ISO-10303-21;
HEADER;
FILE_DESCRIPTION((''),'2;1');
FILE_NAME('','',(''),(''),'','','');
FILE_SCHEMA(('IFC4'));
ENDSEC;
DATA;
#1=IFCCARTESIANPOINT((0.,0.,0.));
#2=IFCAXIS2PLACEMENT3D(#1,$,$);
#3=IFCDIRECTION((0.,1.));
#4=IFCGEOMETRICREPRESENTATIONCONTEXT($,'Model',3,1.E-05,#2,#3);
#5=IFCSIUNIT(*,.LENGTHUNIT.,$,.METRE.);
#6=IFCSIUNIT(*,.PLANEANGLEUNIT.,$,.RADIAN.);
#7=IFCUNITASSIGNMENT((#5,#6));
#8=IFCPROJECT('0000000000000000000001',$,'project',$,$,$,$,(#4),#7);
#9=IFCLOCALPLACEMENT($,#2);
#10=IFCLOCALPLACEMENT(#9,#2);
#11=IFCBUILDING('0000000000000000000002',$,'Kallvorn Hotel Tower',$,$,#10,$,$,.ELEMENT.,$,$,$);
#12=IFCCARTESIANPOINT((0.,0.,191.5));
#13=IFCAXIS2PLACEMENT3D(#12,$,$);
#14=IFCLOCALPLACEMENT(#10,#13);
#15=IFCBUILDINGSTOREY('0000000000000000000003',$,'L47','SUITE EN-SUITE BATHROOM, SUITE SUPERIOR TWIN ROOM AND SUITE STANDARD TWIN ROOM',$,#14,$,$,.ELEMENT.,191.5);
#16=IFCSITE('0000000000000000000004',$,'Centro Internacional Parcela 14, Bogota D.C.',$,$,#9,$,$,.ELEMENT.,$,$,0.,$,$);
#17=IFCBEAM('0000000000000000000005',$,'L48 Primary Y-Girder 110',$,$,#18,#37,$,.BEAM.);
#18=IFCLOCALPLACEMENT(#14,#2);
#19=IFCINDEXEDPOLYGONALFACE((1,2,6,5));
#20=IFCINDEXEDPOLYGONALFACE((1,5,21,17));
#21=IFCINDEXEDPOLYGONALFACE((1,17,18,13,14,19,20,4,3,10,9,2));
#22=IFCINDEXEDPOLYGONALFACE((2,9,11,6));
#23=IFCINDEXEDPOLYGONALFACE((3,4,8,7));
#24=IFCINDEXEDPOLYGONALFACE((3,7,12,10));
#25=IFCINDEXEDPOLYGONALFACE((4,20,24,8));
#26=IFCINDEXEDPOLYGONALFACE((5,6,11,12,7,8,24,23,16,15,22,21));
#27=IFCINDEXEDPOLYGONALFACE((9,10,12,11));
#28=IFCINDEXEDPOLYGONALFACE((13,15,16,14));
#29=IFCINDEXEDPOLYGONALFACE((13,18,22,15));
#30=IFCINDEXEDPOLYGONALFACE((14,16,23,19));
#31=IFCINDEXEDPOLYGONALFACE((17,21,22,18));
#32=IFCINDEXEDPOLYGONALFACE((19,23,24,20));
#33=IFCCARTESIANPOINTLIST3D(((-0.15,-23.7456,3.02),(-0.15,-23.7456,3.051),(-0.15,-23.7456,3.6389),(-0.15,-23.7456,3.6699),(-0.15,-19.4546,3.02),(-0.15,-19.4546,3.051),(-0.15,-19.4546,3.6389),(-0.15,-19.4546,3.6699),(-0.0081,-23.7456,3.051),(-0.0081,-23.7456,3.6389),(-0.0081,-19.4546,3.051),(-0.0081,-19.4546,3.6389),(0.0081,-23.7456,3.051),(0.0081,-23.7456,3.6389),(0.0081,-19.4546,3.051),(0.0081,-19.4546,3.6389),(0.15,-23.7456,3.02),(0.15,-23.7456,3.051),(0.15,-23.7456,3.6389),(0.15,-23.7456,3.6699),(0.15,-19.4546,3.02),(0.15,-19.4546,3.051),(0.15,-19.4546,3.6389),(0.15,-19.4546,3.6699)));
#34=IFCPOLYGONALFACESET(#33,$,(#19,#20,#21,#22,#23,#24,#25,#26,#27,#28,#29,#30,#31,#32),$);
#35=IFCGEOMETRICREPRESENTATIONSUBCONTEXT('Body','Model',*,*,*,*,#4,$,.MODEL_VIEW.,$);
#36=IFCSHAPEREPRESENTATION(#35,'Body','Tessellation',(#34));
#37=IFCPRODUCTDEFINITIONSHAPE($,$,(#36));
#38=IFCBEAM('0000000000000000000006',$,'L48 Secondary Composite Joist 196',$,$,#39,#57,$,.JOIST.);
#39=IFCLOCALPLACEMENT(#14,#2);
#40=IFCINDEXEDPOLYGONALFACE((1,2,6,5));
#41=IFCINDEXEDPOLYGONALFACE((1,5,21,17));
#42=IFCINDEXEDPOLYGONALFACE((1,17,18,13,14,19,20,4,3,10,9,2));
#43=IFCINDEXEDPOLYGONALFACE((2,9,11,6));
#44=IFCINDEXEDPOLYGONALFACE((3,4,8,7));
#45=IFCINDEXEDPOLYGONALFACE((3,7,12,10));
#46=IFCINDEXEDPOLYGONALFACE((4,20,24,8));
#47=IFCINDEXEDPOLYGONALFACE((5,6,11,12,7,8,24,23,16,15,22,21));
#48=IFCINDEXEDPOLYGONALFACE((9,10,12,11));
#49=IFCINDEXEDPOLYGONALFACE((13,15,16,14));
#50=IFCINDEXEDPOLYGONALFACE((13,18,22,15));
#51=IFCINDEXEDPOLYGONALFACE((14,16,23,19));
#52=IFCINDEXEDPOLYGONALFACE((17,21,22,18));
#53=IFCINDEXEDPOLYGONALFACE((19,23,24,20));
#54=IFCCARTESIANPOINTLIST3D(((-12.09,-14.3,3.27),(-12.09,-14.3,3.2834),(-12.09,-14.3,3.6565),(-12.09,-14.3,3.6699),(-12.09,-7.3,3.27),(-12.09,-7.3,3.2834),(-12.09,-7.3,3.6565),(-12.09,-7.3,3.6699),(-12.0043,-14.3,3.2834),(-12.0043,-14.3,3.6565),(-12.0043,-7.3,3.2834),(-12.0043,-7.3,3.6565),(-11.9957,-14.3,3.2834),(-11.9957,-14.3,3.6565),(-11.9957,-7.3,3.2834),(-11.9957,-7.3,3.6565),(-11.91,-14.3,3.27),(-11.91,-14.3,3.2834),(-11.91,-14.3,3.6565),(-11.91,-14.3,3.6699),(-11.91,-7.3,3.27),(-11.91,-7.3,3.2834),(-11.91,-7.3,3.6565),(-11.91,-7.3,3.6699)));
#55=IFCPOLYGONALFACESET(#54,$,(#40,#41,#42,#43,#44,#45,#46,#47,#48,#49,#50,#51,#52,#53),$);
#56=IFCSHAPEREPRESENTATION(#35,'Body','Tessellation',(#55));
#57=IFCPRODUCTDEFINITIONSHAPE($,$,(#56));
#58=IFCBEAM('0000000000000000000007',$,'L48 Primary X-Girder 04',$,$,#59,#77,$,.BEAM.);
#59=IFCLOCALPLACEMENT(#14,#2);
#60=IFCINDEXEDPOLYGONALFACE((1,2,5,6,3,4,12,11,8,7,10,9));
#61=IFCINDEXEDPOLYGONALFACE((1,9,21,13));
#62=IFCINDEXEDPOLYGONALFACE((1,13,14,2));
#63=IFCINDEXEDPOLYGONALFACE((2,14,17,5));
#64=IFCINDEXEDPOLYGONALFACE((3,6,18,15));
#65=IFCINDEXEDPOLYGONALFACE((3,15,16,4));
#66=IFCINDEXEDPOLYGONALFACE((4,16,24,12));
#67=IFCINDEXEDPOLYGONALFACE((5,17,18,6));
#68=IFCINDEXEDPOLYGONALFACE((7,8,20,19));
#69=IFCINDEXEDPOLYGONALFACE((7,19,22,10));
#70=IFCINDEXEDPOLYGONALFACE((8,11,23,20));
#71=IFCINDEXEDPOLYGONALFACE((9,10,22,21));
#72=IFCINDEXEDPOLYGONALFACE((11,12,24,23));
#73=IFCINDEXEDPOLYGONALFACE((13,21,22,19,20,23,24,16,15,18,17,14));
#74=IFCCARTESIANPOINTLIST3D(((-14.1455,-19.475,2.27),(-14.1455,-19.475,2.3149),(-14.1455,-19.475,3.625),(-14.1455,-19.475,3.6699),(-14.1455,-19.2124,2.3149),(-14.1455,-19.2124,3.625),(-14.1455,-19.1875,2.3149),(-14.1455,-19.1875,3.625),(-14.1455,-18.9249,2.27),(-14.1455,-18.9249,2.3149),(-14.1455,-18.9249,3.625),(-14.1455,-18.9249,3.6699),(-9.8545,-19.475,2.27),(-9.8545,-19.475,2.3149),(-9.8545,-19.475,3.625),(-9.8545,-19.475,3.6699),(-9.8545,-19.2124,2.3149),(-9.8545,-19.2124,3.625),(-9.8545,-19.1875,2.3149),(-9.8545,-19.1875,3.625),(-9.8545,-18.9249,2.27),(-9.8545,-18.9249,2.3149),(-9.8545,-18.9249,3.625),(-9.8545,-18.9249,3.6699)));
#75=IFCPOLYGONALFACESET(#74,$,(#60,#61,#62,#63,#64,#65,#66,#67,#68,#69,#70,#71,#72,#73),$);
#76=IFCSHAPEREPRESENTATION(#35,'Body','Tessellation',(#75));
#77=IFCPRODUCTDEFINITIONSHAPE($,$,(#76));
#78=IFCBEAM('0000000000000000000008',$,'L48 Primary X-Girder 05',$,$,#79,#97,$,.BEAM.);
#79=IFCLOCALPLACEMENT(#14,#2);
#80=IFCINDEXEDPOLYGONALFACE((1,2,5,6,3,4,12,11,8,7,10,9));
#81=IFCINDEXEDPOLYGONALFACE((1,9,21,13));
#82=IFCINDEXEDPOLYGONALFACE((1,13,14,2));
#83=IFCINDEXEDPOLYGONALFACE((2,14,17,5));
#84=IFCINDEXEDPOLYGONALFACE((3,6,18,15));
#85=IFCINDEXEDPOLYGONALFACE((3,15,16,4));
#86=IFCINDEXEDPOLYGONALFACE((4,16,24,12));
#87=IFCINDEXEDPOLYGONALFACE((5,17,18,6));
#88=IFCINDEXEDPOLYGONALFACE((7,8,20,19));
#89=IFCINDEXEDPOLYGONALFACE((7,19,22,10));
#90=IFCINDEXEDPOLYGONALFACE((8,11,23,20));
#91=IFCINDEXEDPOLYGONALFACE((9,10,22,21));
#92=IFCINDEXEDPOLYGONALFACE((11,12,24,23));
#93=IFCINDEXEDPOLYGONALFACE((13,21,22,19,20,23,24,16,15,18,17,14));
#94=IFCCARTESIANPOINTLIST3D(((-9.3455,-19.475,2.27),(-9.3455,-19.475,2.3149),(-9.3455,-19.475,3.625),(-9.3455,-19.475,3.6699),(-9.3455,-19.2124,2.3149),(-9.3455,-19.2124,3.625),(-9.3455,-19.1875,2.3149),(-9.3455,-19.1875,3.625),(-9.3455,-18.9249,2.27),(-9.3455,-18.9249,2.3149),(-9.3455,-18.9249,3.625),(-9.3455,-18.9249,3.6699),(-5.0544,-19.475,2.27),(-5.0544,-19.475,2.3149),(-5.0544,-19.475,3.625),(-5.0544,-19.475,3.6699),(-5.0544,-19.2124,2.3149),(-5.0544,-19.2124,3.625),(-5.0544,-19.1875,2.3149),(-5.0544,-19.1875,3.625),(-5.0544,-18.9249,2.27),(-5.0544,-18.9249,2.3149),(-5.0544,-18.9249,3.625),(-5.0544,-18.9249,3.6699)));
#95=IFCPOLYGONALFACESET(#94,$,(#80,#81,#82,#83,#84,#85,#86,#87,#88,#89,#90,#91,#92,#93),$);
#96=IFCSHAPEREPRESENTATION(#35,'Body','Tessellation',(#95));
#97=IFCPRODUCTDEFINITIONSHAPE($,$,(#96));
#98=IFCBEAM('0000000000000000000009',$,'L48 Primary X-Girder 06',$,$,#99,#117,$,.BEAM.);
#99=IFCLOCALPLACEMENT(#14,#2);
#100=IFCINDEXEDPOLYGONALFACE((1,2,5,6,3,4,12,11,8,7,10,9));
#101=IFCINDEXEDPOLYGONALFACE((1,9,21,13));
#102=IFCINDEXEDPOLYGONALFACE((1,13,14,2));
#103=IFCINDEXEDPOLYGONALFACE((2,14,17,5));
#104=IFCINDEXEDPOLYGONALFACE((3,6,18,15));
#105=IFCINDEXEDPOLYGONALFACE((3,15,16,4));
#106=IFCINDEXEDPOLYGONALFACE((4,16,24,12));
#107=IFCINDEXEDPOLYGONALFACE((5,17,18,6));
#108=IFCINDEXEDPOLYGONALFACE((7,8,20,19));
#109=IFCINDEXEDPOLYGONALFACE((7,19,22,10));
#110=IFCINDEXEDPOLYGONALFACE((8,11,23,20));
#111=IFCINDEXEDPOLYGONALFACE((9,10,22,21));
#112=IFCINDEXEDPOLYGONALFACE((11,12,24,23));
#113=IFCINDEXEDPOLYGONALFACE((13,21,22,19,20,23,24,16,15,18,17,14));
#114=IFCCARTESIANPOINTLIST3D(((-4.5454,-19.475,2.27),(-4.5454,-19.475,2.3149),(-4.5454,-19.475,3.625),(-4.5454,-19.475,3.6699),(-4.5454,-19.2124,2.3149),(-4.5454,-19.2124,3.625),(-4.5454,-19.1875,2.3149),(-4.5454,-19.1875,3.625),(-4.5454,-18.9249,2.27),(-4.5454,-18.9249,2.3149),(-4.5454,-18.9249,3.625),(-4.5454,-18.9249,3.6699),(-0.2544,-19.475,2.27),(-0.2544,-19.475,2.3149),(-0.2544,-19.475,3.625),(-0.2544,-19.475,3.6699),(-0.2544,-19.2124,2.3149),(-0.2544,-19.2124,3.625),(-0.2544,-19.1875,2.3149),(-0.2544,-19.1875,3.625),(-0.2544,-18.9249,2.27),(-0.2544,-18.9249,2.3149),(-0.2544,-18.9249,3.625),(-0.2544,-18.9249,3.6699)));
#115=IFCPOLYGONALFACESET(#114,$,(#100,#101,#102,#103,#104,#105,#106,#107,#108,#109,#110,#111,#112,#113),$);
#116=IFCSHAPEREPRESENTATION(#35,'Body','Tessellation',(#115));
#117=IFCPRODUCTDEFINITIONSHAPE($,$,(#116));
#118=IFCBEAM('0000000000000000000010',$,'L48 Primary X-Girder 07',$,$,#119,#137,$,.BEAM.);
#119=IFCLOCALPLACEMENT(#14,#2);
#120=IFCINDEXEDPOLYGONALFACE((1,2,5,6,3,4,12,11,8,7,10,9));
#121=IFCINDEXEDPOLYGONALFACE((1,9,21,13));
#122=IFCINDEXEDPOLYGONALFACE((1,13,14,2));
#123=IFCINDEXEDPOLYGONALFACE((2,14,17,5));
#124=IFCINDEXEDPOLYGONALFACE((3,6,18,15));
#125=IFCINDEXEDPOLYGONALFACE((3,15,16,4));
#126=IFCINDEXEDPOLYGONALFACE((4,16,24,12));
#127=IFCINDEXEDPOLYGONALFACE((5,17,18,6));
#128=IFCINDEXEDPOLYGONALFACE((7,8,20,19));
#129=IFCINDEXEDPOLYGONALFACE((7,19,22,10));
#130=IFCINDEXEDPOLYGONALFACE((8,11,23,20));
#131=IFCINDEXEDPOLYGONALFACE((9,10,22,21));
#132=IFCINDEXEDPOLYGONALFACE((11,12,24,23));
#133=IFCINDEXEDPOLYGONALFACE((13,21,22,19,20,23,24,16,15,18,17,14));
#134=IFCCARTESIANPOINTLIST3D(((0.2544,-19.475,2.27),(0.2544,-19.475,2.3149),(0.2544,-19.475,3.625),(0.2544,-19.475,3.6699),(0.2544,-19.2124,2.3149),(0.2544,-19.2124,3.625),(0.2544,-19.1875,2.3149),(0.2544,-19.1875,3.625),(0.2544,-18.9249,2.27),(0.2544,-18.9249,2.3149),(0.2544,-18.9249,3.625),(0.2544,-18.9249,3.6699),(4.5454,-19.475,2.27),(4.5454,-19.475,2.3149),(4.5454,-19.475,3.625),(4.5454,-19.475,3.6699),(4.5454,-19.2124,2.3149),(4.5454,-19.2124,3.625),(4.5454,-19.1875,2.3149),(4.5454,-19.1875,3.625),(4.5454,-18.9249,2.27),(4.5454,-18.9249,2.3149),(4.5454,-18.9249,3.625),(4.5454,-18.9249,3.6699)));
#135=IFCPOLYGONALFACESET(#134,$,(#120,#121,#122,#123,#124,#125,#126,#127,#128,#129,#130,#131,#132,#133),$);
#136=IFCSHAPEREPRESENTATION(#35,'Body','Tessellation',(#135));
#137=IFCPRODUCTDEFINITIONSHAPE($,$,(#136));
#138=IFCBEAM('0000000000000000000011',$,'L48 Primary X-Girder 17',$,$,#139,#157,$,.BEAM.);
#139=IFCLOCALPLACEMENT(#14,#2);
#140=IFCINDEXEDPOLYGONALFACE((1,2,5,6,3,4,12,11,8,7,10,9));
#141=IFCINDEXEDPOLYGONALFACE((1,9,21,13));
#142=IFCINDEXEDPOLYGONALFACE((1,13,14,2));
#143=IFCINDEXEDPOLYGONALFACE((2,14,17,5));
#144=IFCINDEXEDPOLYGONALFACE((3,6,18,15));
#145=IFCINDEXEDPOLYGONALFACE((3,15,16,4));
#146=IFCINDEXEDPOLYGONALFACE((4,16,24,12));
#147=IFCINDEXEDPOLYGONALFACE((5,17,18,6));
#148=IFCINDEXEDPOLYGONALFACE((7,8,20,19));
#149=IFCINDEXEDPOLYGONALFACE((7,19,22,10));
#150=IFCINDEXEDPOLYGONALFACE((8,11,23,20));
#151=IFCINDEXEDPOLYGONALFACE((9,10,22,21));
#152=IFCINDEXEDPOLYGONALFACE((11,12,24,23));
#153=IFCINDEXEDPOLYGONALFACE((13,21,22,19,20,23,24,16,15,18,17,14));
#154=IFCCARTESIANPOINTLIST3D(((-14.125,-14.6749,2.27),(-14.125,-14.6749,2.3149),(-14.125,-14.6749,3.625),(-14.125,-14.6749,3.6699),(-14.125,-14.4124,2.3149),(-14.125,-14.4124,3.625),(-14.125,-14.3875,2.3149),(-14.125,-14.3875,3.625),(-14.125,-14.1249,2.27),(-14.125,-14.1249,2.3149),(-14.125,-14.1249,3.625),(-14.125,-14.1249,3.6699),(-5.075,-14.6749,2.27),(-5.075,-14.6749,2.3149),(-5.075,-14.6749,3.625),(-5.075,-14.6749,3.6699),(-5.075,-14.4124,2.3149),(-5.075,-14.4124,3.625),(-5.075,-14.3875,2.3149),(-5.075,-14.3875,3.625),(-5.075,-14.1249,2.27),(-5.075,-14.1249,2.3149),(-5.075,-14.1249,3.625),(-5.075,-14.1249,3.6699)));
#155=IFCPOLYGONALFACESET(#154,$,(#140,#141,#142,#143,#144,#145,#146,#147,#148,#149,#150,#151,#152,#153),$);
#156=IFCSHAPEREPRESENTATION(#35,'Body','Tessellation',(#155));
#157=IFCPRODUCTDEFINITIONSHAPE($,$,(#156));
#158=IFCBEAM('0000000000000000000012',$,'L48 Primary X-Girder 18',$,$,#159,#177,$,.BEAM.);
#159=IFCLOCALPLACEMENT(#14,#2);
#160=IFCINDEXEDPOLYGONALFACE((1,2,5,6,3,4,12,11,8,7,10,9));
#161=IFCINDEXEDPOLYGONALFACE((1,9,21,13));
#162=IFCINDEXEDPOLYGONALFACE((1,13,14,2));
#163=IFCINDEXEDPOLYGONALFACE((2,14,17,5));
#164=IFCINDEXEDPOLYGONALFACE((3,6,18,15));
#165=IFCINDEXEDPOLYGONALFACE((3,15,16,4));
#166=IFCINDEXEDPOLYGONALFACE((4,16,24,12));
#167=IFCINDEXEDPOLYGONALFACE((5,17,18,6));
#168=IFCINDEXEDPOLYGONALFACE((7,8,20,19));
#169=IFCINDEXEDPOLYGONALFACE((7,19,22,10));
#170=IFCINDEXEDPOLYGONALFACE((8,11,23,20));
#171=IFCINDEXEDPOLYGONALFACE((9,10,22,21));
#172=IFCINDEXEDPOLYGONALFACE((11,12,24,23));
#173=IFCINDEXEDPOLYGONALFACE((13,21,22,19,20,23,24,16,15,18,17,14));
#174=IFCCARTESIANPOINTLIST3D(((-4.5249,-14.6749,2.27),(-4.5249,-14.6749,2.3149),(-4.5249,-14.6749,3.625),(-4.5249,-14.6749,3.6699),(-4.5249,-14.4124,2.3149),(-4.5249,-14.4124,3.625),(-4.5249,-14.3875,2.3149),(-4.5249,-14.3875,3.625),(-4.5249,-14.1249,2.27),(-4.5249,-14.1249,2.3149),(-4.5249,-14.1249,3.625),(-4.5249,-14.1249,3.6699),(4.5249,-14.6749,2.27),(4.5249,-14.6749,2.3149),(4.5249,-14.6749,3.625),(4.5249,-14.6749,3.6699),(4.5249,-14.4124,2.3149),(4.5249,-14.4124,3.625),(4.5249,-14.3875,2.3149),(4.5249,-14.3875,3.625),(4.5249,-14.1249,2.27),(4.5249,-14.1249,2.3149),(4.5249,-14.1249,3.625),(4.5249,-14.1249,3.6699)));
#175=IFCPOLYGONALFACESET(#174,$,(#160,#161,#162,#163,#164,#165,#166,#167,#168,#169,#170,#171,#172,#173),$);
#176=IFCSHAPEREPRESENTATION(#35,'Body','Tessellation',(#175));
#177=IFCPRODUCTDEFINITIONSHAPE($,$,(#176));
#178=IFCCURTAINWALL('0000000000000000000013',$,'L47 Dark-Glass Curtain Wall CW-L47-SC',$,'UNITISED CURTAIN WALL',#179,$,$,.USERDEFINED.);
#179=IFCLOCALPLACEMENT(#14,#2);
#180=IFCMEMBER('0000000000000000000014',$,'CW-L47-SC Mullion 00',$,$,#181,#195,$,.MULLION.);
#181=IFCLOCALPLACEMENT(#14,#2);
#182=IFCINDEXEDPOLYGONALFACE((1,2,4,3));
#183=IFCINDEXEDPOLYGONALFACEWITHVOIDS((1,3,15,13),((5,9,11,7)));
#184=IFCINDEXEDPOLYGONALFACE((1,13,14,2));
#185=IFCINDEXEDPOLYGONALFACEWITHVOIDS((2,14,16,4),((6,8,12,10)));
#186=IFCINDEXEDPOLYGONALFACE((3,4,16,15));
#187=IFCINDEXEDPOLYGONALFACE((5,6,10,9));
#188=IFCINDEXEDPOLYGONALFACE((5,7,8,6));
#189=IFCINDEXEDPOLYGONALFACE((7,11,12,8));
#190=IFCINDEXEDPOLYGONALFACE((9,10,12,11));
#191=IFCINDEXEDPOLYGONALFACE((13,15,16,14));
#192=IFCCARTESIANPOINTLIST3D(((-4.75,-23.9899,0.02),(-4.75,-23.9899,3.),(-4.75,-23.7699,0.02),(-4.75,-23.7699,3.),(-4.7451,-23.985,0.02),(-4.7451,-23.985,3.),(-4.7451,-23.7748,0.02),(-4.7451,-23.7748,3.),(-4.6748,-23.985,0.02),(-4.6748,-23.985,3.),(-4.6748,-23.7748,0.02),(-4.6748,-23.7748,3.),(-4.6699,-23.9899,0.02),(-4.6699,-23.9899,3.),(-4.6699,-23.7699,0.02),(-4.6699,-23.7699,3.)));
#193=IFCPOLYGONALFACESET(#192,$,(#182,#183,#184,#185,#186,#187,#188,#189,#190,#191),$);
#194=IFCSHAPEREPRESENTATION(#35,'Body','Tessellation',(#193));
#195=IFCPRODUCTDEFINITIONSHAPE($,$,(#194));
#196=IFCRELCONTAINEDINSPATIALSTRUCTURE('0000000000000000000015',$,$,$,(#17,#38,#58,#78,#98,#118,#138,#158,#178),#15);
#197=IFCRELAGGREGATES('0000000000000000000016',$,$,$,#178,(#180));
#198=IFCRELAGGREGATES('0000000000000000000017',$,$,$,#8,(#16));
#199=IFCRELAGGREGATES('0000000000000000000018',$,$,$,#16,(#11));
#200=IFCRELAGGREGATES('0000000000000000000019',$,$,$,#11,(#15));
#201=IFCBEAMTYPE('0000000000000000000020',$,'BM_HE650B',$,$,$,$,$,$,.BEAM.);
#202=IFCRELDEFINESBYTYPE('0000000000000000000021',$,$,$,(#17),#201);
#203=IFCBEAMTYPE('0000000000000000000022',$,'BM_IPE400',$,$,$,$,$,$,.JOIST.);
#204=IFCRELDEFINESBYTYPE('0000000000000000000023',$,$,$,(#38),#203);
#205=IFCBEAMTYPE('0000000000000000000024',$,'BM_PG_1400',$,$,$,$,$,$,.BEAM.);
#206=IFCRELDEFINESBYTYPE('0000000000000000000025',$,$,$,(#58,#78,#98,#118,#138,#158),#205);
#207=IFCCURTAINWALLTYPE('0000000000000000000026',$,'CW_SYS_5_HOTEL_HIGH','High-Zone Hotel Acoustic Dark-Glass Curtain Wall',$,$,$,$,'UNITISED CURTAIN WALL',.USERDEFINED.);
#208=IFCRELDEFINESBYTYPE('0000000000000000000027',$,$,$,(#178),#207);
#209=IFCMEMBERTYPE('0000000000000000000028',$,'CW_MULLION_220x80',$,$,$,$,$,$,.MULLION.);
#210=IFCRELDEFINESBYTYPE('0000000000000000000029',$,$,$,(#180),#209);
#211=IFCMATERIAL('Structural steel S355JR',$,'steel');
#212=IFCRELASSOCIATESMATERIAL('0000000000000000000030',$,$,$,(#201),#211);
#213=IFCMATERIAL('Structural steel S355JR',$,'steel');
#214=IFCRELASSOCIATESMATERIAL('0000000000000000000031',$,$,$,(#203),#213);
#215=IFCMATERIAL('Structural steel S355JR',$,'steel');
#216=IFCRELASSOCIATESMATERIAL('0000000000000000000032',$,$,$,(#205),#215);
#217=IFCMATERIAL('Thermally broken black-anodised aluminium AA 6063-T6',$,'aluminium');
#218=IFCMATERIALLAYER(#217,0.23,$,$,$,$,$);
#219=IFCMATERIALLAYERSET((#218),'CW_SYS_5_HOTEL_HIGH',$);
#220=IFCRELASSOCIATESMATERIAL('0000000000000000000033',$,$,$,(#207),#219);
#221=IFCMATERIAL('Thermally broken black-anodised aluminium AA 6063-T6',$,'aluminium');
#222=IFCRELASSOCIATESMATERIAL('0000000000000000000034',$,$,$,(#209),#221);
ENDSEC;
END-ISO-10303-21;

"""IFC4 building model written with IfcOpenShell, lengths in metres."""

from ifc_helpers import new_model, si_unit, direction, frame, origin, origin_2d, place, context, subcontext, project, spatial, hollow_rectangle, i_section, extrude, material, layer, layer_set, material_profile, profile_set, type_object, element, aggregate, save


model = new_model("IFC4")

# Units and contexts
model_context = context("Model", 3, precision=1e-05, world=origin(), true_north=direction((0.0, 1.0)))
body_context = subcontext(model_context, "Body", "Model", "MODEL_VIEW")
ifc_project = project(units=[si_unit("LENGTHUNIT", "METRE"), si_unit("PLANEANGLEUNIT", "RADIAN")], contexts=[model_context])

# Site, building, storey
site_placement = place(None, origin())
site = spatial("IfcSite", under=ifc_project, at=site_placement, Name="Centro Internacional Parcela 14, Bogota D.C.", CompositionType="ELEMENT", RefElevation=0.0)
building_placement = place(site_placement, origin())
building = spatial("IfcBuilding", under=site, at=building_placement, Name="Kallvorn Hotel Tower", CompositionType="ELEMENT")
storey_placement = place(building_placement, frame((0.0, 0.0, 191.5)))
storey = spatial("IfcBuildingStorey", under=building, at=storey_placement, Name="L47", Description="SUITE EN-SUITE BATHROOM, SUITE SUPERIOR TWIN ROOM AND SUITE STANDARD TWIN ROOM", CompositionType="ELEMENT", Elevation=191.5)

# Beams
ifc_material_1 = material(Name="Structural steel S355JR", Category="steel")
ifc_material_profile_1 = material_profile(ifc_material_1, i_section(OverallWidth=0.3, OverallDepth=0.6499, WebThickness=0.0161, FlangeThickness=0.031, at=origin_2d()), Name="HE 650 B")
ifc_profile_set_1 = profile_set([ifc_material_profile_1], Name="Structural steel S355JR")
beam_type_1 = type_object("IfcBeamType", Name="BM_HE650B", PredefinedType="BEAM", material=ifc_profile_set_1)
beam_1_placement = place(storey_placement, frame((0.0, -23.7456, 3.345), z_axis=(0.0, 1.0, 0.0), x_axis=(-1.0, 0.0, 0.0)))
element("IfcBeam", 1, at=beam_1_placement, inside=storey, type_object=beam_type_1, Name="L48 Primary Y-Girder 110", PredefinedType="BEAM", context=body_context, shape_type="SweptSolid", body=[
    extrude(i_section(OverallWidth=0.3, OverallDepth=0.6499, WebThickness=0.0161, FlangeThickness=0.031, at=origin_2d()), origin(), (0.0, 0.0, 1.0), 4.291),
])
ifc_material_2 = material(Name="Structural steel S355JR", Category="steel")
ifc_material_profile_2 = material_profile(ifc_material_2, i_section(OverallWidth=0.1799, OverallDepth=0.3999, WebThickness=0.0085, FlangeThickness=0.0134, at=origin_2d()), Name="IPE 400")
ifc_profile_set_2 = profile_set([ifc_material_profile_2], Name="Structural steel S355JR")
beam_type_2 = type_object("IfcBeamType", Name="BM_IPE400", PredefinedType="JOIST", material=ifc_profile_set_2)
beam_2_placement = place(storey_placement, frame((-12.0, -14.3, 3.47), z_axis=(0.0, 1.0, 0.0), x_axis=(-1.0, 0.0, 0.0)))
element("IfcBeam", 2, at=beam_2_placement, inside=storey, type_object=beam_type_2, Name="L48 Secondary Composite Joist 196", PredefinedType="JOIST", context=body_context, shape_type="SweptSolid", body=[
    extrude(i_section(OverallWidth=0.1799, OverallDepth=0.3999, WebThickness=0.0085, FlangeThickness=0.0134, at=origin_2d()), origin(), (0.0, 0.0, 1.0), 7.0),
])
ifc_material_3 = material(Name="Structural steel S355JR", Category="steel")
ifc_material_profile_3 = material_profile(ifc_material_3, i_section(OverallWidth=0.55, OverallDepth=1.3999, WebThickness=0.0249, FlangeThickness=0.0449, at=origin_2d()), Name="PG 1400x550x25x45")
ifc_profile_set_3 = profile_set([ifc_material_profile_3], Name="Structural steel S355JR")
beam_type_3 = type_object("IfcBeamType", Name="BM_PG_1400", PredefinedType="BEAM", material=ifc_profile_set_3)
for number, where, z_axis, x_axis, name in (
    (3, (-14.1455, -19.2, 2.97), (1.0, 0.0, 0.0), (0.0, 1.0, 0.0), "L48 Primary X-Girder 04"),
    (4, (-9.3455, -19.2, 2.97), (1.0, 0.0, 0.0), (0.0, 1.0, 0.0), "L48 Primary X-Girder 05"),
    (5, (-4.5454, -19.2, 2.97), (1.0, 0.0, 0.0), (0.0, 1.0, 0.0), "L48 Primary X-Girder 06"),
    (6, (0.2544, -19.2, 2.97), (1.0, 0.0, 0.0), (0.0, 1.0, 0.0), "L48 Primary X-Girder 07"),
):
    element("IfcBeam", number, at=place(storey_placement, frame(where, z_axis=z_axis, x_axis=x_axis)), inside=storey, type_object=beam_type_3, Name=name, PredefinedType="BEAM", context=body_context, shape_type="SweptSolid", body=[
        extrude(i_section(OverallWidth=0.55, OverallDepth=1.3999, WebThickness=0.0249, FlangeThickness=0.0449, at=origin_2d()), origin(), (0.0, 0.0, 1.0), 4.291),
    ])
beam_3_placement = place(storey_placement, frame((-14.125, -14.3999, 2.97), z_axis=(1.0, 0.0, 0.0), x_axis=(0.0, 1.0, 0.0)))
element("IfcBeam", 7, at=beam_3_placement, inside=storey, type_object=beam_type_3, Name="L48 Primary X-Girder 17", PredefinedType="BEAM", context=body_context, shape_type="SweptSolid", body=[
    extrude(i_section(OverallWidth=0.55, OverallDepth=1.3999, WebThickness=0.0249, FlangeThickness=0.0449, at=origin_2d()), origin(), (0.0, 0.0, 1.0), 9.05),
])
beam_4_placement = place(storey_placement, frame((-4.5249, -14.3999, 2.97), z_axis=(1.0, 0.0, 0.0), x_axis=(0.0, 1.0, 0.0)))
element("IfcBeam", 8, at=beam_4_placement, inside=storey, type_object=beam_type_3, Name="L48 Primary X-Girder 18", PredefinedType="BEAM", context=body_context, shape_type="SweptSolid", body=[
    extrude(i_section(OverallWidth=0.55, OverallDepth=1.3999, WebThickness=0.0249, FlangeThickness=0.0449, at=origin_2d()), origin(), (0.0, 0.0, 1.0), 9.0498),
])

# Curtain wall, member
ifc_material_4 = material(Name="Thermally broken black-anodised aluminium AA 6063-T6", Category="aluminium")
ifc_layer_1 = layer(ifc_material_4, 0.23)
ifc_layer_set_1 = layer_set([ifc_layer_1], Name="CW_SYS_5_HOTEL_HIGH")
curtain_wall_type = type_object("IfcCurtainWallType", Name="CW_SYS_5_HOTEL_HIGH", Description="High-Zone Hotel Acoustic Dark-Glass Curtain Wall", ElementType="UNITISED CURTAIN WALL", PredefinedType="USERDEFINED", material=ifc_layer_set_1)
curtain_wall_placement = place(storey_placement, origin())
curtain_wall = element("IfcCurtainWall", 9, at=curtain_wall_placement, inside=storey, type_object=curtain_wall_type, Name="L47 Dark-Glass Curtain Wall CW-L47-SC", ObjectType="UNITISED CURTAIN WALL", PredefinedType="USERDEFINED")
ifc_material_5 = material(Name="Thermally broken black-anodised aluminium AA 6063-T6", Category="aluminium")
ifc_material_profile_4 = material_profile(ifc_material_5, hollow_rectangle(XDim=0.0801, YDim=0.22, WallThickness=0.0049, at=origin_2d()), Name="MUL 220x80")
ifc_profile_set_4 = profile_set([ifc_material_profile_4], Name="Thermally broken black-anodised aluminium AA 6063-T6")
member_type_1 = type_object("IfcMemberType", Name="CW_MULLION_220x80", PredefinedType="MULLION", material=ifc_profile_set_4)
member_1_placement = place(storey_placement, frame((-4.71, -23.8799, 0.02), z_axis=(0.0, 0.0, 1.0), x_axis=(1.0, 0.0, 0.0)))
member_1 = element("IfcMember", 10, at=member_1_placement, type_object=member_type_1, Name="CW-L47-SC Mullion 00", PredefinedType="MULLION", context=body_context, shape_type="SweptSolid", body=[
    extrude(hollow_rectangle(XDim=0.0801, YDim=0.22, WallThickness=0.0049, at=origin_2d()), origin(), (0.0, 0.0, 1.0), 2.98),
])
aggregate(curtain_wall, [member_1])

save(model, "model.ifc")
